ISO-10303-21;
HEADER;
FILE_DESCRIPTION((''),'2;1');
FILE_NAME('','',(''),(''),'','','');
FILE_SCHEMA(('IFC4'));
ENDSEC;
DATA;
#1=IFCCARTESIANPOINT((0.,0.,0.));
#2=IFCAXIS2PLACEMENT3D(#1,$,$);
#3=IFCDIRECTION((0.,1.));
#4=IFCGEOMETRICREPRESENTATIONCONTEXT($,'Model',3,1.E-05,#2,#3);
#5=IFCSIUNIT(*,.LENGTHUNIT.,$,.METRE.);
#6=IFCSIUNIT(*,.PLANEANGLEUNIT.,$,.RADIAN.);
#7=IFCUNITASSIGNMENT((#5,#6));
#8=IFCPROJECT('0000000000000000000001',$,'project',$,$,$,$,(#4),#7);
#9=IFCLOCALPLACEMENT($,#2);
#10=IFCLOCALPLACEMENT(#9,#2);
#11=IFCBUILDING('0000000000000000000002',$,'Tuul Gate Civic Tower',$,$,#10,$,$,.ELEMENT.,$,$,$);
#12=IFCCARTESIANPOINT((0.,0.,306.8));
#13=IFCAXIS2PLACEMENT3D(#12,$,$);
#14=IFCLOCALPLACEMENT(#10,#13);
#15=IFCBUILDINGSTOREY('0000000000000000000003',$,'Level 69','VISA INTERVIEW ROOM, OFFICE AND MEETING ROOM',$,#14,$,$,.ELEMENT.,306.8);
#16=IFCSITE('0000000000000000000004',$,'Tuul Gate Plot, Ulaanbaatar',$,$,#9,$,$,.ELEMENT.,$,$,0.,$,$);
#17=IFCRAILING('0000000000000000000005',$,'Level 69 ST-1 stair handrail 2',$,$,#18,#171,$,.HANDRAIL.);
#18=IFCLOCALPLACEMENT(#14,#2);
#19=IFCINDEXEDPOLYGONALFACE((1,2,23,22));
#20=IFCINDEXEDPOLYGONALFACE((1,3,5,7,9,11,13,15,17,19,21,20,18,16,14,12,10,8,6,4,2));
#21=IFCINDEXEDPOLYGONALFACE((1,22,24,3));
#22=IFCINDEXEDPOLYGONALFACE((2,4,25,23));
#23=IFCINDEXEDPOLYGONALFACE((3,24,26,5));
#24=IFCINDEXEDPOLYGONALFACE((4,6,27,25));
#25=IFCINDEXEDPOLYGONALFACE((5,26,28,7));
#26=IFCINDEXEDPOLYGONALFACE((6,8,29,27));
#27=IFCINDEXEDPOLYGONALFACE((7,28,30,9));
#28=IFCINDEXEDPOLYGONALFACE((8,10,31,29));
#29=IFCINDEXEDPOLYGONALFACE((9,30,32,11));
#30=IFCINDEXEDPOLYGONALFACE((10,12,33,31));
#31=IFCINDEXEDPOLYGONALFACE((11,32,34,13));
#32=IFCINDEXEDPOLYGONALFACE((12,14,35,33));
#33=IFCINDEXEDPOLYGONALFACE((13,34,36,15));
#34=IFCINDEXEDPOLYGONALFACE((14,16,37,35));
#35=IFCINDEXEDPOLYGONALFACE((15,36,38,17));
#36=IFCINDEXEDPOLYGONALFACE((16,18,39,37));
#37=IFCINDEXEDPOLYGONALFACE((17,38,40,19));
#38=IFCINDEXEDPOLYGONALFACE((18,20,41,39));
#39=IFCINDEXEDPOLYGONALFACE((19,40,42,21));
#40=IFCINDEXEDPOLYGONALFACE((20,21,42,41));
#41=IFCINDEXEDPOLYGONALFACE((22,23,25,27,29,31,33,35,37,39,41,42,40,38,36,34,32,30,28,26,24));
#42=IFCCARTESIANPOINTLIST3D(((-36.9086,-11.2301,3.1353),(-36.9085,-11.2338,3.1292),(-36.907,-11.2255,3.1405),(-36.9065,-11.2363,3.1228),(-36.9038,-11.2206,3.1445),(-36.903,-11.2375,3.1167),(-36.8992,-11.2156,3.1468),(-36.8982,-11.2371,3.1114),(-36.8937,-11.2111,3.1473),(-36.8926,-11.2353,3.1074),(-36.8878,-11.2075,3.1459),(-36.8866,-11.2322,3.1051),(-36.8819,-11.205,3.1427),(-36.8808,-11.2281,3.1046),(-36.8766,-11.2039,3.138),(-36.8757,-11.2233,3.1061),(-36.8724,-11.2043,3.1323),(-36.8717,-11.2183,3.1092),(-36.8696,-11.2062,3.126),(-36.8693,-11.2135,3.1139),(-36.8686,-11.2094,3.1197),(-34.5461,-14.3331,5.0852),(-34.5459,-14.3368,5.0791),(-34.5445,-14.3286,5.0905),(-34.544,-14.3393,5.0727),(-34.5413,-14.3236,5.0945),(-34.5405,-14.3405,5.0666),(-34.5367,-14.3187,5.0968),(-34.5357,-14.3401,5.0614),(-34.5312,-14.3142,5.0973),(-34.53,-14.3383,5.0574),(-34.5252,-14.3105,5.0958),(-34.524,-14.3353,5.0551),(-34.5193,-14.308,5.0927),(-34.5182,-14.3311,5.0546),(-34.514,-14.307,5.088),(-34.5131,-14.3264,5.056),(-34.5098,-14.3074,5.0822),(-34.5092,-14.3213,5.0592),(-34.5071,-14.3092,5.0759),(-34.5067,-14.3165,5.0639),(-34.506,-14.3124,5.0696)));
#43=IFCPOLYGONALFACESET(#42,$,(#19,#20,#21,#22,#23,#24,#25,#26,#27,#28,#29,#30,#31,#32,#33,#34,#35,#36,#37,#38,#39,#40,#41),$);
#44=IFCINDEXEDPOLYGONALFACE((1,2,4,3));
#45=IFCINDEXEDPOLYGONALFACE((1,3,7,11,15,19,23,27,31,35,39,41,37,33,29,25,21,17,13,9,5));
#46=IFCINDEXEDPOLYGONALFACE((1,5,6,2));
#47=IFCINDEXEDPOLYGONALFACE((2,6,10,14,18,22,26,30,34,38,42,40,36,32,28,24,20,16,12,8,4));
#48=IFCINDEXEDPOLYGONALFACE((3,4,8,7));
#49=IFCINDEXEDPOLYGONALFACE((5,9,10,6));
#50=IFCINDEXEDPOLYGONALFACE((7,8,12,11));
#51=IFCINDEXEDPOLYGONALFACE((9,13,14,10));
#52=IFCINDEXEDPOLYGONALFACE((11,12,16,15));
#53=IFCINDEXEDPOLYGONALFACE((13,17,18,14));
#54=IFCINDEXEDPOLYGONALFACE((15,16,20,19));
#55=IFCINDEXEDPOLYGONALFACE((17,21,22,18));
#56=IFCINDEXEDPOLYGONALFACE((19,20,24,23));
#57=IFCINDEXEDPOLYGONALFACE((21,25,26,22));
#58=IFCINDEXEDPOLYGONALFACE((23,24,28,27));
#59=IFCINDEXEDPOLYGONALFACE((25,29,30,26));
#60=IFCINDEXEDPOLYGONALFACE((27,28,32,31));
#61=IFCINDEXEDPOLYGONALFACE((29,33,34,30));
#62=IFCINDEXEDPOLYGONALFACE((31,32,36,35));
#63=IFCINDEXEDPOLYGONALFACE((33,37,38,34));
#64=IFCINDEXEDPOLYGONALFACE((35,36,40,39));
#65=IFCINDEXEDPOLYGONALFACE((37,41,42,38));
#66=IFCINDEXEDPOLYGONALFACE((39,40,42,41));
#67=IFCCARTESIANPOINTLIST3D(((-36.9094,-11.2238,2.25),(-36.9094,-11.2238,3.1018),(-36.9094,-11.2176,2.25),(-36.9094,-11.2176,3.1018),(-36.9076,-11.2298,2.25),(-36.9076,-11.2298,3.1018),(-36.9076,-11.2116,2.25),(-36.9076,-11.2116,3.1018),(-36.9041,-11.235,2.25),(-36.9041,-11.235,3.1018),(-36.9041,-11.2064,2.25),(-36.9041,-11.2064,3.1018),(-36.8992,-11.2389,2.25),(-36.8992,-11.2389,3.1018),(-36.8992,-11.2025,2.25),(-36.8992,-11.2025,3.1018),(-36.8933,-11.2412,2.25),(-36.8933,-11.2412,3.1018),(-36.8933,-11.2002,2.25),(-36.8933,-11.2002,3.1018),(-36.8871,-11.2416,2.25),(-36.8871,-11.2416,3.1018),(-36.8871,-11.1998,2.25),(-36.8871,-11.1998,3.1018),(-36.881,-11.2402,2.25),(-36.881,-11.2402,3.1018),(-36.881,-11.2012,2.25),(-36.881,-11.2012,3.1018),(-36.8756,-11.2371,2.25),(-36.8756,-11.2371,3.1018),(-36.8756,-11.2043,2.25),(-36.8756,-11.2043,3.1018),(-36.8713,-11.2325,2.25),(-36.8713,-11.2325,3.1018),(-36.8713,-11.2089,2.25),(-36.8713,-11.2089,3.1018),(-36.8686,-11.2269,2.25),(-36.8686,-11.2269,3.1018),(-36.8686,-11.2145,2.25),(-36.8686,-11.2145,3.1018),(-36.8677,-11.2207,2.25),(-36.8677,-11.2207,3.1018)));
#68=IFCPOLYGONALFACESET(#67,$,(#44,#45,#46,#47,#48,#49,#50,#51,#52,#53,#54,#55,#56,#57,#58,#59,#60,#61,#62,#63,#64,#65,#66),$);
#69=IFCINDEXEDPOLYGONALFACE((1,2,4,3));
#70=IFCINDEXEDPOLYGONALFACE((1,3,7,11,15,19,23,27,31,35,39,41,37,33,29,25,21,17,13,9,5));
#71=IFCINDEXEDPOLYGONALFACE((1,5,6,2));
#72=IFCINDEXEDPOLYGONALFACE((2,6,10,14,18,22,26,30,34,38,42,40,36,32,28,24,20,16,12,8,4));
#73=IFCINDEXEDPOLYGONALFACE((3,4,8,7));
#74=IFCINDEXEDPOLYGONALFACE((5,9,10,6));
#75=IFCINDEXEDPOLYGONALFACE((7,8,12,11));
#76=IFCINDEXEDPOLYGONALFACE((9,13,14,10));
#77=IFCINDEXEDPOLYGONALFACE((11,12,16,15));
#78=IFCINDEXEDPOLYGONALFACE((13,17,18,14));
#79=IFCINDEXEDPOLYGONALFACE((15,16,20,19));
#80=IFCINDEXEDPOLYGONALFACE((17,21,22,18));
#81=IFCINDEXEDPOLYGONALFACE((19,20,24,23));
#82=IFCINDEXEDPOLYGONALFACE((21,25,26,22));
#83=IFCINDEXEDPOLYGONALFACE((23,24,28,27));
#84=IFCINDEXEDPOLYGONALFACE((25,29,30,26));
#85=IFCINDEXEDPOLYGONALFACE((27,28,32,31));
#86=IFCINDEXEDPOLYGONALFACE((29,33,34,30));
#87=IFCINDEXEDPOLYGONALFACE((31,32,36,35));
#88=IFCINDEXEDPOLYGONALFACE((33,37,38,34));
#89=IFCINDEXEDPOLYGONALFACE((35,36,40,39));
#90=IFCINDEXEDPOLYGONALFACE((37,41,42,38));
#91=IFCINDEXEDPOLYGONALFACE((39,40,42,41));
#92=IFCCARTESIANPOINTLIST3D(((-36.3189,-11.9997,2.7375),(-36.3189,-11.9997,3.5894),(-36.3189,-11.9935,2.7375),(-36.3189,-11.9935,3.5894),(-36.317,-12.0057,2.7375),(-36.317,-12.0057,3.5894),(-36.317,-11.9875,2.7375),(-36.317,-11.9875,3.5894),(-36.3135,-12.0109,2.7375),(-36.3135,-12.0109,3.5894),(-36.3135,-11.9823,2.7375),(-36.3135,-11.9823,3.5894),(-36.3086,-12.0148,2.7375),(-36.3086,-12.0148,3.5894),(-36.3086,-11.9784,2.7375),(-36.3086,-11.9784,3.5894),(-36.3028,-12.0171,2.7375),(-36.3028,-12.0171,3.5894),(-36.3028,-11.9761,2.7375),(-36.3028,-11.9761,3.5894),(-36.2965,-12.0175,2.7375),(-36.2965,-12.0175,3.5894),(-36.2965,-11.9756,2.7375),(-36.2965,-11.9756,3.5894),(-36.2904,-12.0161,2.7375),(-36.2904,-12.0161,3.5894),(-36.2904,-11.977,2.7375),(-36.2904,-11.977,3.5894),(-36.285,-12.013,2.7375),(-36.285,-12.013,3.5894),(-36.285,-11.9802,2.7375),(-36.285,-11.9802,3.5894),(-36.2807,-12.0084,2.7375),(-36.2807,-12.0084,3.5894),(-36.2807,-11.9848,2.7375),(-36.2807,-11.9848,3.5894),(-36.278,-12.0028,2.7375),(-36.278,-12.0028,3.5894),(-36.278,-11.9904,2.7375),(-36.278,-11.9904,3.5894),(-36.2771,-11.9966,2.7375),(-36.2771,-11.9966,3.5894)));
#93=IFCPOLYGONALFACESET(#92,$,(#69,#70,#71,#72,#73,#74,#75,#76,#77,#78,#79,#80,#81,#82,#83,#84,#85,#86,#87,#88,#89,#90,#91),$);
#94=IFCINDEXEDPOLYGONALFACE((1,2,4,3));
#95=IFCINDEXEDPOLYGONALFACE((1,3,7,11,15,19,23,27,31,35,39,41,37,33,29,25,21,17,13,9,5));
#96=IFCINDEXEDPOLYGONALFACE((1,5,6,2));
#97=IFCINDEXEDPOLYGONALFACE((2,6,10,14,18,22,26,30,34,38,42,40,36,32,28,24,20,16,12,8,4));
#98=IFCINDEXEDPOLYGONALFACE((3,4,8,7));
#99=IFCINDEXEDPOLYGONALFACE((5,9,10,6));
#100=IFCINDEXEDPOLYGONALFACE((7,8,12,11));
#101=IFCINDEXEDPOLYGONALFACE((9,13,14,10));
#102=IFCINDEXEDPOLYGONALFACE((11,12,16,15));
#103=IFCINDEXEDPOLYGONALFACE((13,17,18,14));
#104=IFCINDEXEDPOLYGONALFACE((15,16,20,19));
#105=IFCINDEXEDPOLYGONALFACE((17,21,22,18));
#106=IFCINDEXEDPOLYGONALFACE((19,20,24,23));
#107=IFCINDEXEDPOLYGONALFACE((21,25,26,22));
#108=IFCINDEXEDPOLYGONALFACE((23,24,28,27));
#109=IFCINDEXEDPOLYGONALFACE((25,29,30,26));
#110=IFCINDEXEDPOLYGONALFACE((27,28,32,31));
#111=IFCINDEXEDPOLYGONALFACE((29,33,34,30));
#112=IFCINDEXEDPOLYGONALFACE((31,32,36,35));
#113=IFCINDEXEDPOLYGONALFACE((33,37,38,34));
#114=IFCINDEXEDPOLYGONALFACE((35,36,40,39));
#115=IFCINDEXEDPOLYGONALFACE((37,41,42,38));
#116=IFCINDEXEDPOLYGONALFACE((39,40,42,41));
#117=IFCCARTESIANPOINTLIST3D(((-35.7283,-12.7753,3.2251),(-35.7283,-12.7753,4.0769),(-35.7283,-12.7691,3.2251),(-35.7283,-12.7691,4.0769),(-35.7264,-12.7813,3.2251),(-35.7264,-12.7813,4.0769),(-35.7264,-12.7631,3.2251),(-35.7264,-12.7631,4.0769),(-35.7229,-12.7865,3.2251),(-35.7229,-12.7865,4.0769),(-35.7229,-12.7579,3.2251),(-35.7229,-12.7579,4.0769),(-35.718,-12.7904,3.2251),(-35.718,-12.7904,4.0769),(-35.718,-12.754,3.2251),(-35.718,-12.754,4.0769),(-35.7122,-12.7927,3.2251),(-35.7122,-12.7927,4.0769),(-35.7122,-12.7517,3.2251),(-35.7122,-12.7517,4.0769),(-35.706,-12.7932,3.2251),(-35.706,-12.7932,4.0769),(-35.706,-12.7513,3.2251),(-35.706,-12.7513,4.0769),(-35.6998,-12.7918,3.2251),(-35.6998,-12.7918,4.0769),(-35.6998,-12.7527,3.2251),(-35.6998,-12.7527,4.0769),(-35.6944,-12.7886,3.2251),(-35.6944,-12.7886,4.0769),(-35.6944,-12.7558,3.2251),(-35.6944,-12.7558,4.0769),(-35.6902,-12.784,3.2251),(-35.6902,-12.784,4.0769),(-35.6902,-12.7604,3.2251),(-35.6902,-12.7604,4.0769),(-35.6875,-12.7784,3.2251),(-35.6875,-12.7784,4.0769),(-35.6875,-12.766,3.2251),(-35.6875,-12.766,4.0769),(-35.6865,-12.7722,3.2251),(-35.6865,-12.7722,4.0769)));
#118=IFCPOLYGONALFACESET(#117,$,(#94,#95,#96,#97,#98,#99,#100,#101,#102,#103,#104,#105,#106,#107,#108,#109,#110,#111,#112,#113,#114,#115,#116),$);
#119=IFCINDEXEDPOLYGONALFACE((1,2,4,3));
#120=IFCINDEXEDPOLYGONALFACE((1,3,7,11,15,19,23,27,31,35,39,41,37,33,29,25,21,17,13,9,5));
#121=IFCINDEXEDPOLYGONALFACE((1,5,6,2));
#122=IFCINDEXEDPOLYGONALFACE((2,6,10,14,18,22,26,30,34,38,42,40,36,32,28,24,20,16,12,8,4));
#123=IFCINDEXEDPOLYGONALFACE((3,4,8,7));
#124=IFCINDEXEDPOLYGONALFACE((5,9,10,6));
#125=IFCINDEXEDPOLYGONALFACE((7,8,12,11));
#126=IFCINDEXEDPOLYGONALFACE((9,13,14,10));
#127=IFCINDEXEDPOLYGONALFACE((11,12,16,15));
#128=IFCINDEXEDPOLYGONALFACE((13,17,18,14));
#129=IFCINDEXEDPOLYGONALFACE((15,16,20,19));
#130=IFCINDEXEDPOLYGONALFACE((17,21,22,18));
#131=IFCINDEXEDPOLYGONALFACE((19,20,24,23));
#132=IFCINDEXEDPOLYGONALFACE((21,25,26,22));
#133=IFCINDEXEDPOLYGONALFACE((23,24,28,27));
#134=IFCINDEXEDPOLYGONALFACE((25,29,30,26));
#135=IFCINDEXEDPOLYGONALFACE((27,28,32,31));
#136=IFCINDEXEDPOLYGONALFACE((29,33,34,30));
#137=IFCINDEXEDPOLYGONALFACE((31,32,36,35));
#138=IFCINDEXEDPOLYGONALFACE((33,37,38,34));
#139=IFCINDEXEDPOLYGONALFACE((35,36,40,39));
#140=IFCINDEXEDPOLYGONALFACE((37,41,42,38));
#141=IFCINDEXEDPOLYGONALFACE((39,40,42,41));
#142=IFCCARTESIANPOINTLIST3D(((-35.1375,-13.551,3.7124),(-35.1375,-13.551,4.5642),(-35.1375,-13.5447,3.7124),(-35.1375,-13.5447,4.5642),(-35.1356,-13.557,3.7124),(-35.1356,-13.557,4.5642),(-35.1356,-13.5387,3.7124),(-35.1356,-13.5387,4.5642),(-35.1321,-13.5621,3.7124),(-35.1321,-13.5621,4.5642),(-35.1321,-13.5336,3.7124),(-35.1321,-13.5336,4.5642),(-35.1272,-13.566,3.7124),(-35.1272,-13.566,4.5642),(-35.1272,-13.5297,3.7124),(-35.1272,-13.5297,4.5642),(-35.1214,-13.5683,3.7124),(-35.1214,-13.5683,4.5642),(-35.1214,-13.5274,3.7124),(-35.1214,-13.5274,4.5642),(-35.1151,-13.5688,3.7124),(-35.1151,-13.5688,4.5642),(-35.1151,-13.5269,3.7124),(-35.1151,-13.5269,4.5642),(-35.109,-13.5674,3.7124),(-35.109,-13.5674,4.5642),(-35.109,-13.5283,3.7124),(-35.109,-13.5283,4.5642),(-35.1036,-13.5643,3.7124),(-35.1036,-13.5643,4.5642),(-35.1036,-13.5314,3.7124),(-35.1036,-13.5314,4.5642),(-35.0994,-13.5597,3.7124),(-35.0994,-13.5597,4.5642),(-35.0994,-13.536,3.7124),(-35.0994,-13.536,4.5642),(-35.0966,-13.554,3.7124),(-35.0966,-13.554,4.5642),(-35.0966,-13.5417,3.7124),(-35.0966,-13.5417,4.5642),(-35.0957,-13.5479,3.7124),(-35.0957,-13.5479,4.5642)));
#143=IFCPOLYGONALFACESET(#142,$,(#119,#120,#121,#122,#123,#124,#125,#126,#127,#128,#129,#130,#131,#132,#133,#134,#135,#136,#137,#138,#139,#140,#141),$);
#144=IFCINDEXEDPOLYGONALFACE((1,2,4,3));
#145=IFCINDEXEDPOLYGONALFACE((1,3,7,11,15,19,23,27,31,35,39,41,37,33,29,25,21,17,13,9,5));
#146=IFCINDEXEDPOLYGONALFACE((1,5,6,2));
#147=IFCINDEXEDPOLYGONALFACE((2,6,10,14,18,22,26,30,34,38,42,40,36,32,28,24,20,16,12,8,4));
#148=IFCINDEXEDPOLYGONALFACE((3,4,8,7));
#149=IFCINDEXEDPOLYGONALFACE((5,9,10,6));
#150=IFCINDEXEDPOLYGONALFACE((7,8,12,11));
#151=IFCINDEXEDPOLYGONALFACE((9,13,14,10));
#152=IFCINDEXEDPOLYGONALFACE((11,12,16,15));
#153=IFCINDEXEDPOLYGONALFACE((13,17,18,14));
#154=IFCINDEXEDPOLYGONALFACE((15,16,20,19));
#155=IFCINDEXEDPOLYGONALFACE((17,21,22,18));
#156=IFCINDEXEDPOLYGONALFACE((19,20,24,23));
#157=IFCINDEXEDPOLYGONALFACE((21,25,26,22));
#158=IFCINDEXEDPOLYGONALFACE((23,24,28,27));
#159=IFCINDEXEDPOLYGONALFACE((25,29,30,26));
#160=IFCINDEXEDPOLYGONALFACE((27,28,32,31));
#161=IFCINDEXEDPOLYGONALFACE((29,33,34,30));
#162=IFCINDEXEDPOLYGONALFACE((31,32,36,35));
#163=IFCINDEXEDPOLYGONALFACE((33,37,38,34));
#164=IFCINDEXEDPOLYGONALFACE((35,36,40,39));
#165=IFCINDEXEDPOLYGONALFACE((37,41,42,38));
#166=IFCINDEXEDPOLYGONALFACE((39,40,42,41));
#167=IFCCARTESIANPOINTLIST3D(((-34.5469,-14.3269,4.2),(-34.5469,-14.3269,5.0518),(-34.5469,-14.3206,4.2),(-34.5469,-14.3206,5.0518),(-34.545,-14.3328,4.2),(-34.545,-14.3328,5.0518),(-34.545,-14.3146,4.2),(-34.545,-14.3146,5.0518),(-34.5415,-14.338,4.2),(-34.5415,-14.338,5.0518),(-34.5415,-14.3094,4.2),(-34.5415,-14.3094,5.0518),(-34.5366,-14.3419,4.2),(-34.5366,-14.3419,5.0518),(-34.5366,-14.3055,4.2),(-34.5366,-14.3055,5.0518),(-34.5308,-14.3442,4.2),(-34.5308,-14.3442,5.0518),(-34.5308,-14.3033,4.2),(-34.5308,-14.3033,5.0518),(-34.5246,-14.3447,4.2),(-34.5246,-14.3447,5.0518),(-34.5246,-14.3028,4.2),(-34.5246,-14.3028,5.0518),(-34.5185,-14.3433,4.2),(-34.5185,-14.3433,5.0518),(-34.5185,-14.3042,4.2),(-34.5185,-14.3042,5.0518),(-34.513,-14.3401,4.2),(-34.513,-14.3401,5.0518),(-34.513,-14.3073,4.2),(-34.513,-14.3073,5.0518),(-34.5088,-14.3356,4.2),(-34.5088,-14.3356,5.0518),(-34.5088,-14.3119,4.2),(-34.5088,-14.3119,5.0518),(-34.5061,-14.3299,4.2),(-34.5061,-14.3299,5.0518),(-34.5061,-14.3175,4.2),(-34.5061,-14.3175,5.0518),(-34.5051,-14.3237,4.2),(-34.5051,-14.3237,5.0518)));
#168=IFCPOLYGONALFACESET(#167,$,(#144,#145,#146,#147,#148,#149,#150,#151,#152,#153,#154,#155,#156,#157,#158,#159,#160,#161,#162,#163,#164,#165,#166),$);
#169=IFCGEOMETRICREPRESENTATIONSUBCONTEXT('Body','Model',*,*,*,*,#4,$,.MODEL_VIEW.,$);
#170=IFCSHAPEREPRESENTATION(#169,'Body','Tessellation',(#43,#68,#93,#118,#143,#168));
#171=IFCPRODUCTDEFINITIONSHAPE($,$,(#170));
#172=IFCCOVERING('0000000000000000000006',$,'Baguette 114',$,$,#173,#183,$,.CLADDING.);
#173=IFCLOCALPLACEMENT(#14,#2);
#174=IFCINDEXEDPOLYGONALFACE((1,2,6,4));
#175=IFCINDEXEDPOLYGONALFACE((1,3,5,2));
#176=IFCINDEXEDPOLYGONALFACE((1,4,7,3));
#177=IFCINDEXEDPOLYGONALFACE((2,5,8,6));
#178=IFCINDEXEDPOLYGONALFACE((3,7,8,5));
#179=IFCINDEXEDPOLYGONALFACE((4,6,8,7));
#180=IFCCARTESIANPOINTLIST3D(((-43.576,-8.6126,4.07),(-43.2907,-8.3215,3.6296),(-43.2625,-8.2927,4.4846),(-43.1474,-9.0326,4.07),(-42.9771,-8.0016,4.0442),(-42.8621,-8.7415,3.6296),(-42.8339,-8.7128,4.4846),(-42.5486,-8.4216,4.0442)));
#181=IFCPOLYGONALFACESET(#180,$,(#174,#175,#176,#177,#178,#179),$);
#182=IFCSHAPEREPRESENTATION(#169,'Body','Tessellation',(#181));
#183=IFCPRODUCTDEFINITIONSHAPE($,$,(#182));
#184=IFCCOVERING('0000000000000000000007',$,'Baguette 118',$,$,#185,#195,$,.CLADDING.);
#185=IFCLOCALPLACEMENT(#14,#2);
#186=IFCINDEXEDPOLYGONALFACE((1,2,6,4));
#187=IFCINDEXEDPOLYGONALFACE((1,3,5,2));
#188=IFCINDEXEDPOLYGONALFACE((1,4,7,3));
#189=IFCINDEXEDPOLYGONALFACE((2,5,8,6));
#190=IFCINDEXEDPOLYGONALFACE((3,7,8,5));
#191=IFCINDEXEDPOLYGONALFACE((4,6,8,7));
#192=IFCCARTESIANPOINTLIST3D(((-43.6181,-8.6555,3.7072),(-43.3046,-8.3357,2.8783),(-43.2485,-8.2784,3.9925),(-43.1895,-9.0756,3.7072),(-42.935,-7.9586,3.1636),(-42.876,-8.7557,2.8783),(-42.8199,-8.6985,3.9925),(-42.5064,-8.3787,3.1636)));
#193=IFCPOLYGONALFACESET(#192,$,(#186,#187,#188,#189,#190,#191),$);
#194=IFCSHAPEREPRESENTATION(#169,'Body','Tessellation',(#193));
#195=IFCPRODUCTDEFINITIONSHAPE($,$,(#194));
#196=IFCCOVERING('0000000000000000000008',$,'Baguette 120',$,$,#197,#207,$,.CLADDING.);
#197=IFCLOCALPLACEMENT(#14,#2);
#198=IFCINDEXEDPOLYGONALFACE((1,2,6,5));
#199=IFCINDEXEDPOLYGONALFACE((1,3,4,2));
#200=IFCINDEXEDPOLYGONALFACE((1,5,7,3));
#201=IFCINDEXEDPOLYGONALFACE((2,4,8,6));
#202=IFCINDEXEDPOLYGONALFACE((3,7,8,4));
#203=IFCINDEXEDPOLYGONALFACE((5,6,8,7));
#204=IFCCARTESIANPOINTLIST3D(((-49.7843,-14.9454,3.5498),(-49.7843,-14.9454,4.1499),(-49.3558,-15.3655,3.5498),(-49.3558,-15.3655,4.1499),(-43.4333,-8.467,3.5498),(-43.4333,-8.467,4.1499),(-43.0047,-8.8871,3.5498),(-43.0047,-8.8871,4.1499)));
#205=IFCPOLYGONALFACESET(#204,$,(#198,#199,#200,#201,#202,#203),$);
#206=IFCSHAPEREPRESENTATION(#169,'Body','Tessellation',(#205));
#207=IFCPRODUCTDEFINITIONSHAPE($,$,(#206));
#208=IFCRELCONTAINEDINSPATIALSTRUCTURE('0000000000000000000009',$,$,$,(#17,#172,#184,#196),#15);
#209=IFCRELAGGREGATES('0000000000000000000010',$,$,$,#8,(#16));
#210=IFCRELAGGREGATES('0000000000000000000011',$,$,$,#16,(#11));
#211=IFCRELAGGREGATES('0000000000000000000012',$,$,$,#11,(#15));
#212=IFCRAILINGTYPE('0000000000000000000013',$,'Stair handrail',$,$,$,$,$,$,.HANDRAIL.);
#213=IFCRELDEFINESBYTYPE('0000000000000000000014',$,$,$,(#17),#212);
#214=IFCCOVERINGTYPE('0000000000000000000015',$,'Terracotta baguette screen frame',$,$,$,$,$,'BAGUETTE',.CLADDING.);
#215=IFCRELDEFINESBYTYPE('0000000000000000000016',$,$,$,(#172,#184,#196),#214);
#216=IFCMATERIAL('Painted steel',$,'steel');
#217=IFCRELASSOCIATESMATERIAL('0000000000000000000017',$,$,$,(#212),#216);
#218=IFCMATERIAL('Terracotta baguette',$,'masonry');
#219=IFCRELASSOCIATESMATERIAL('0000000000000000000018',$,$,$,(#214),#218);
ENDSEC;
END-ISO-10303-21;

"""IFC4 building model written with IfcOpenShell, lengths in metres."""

from ifc_helpers import new_model, si_unit, direction, frame, origin, origin_2d, place, context, subcontext, project, spatial, rectangle, circle, extrude, material, material_profile, profile_set, type_object, element, save


model = new_model("IFC4")

# Units and contexts
model_context = context("Model", 3, precision=1e-05, world=origin(), true_north=direction((0.0, 1.0)))
body_context = subcontext(model_context, "Body", "Model", "MODEL_VIEW")
ifc_project = project(units=[si_unit("LENGTHUNIT", "METRE"), si_unit("PLANEANGLEUNIT", "RADIAN")], contexts=[model_context])

# Site, building, storey
site_placement = place(None, origin())
site = spatial("IfcSite", under=ifc_project, at=site_placement, Name="Tuul Gate Plot, Ulaanbaatar", CompositionType="ELEMENT", RefElevation=0.0)
building_placement = place(site_placement, origin())
building = spatial("IfcBuilding", under=site, at=building_placement, Name="Tuul Gate Civic Tower", CompositionType="ELEMENT")
storey_placement = place(building_placement, frame((0.0, 0.0, 306.8)))
storey = spatial("IfcBuildingStorey", under=building, at=storey_placement, Name="Level 69", Description="VISA INTERVIEW ROOM, OFFICE AND MEETING ROOM", CompositionType="ELEMENT", Elevation=306.8)

# Railing
ifc_material_1 = material(Name="Painted steel", Category="steel")
railing_type = type_object("IfcRailingType", Name="Stair handrail", PredefinedType="HANDRAIL", material=ifc_material_1)
railing_placement = place(storey_placement, frame((-36.8887, -11.2207, 2.25)))
element("IfcRailing", 1, at=railing_placement, inside=storey, type_object=railing_type, Name="Level 69 ST-1 stair handrail 2", PredefinedType="HANDRAIL", context=body_context, shape_type="SweptSolid", body=[
    extrude(circle(Radius=0.0239, at=origin_2d()), frame((0.0, 0.0, 0.876), z_axis=(0.541824, -0.711645, 0.4472), x_axis=(0.795637, 0.605773, 0.0)), (0.0, 0.0, 1.0), 4.3604),
    extrude(circle(Radius=0.021, at=origin_2d()), origin(), (0.0, 0.0, 1.0), 0.8518),
    extrude(circle(Radius=0.021, at=origin_2d()), frame((0.5906, -0.7759, 0.4875)), (0.0, 0.0, 1.0), 0.8518),
    extrude(circle(Radius=0.021, at=origin_2d()), frame((1.1812, -1.5515, 0.9751)), (0.0, 0.0, 1.0), 0.8518),
    extrude(circle(Radius=0.021, at=origin_2d()), frame((1.772, -2.3271, 1.4624)), (0.0, 0.0, 1.0), 0.8518),
    extrude(circle(Radius=0.021, at=origin_2d()), frame((2.3625, -3.103, 1.95)), (0.0, 0.0, 1.0), 0.8518),
])

# Coverings
ifc_material_2 = material(Name="Terracotta baguette", Category="masonry")
ifc_material_profile_1 = material_profile(ifc_material_2, rectangle(XDim=0.6001, YDim=0.6001, at=origin_2d()), Name="Terracotta baguette screen frame")
ifc_profile_set_1 = profile_set([ifc_material_profile_1], Name="Terracotta baguette")
covering_type = type_object("IfcCoveringType", Name="Terracotta baguette screen frame", ElementType="BAGUETTE", PredefinedType="CLADDING", material=ifc_profile_set_1)
covering_1_placement = place(storey_placement, frame((-42.9055, -8.3572, 4.2644), z_axis=(-0.513684, -0.524086, -0.679311), x_axis=(0.714158, -0.699984, 0.0)))
element("IfcCovering", 2, at=covering_1_placement, inside=storey, type_object=covering_type, Name="Baguette 114", PredefinedType="CLADDING", context=body_context, shape_type="SweptSolid", body=[
    extrude(rectangle(XDim=0.6001, YDim=0.6001, at=origin_2d()), origin(), (0.0, 0.0, 1.0), 0.6104),
])
covering_2_placement = place(storey_placement, frame((-43.219, -8.677, 3.8499), z_axis=(0.332741, 0.339479, -0.879794), x_axis=(-0.714158, 0.699984, 0.0)))
element("IfcCovering", 3, at=covering_2_placement, inside=storey, type_object=covering_type, Name="Baguette 118", PredefinedType="CLADDING", context=body_context, shape_type="SweptSolid", body=[
    extrude(rectangle(XDim=0.6001, YDim=0.6001, at=origin_2d()), origin(), (0.0, 0.0, 1.0), 0.9421),
])
covering_3_placement = place(storey_placement, frame((-43.219, -8.677, 3.8499), z_axis=(-0.700048, -0.714096, 0.0), x_axis=(0.714096, -0.700048, 0.0)))
element("IfcCovering", 4, at=covering_3_placement, inside=storey, type_object=covering_type, Name="Baguette 120", PredefinedType="CLADDING", context=body_context, shape_type="SweptSolid", body=[
    extrude(rectangle(XDim=0.6001, YDim=0.6001, at=origin_2d()), origin(), (0.0, 0.0, 1.0), 9.0723),
])

save(model, "model.ifc")
